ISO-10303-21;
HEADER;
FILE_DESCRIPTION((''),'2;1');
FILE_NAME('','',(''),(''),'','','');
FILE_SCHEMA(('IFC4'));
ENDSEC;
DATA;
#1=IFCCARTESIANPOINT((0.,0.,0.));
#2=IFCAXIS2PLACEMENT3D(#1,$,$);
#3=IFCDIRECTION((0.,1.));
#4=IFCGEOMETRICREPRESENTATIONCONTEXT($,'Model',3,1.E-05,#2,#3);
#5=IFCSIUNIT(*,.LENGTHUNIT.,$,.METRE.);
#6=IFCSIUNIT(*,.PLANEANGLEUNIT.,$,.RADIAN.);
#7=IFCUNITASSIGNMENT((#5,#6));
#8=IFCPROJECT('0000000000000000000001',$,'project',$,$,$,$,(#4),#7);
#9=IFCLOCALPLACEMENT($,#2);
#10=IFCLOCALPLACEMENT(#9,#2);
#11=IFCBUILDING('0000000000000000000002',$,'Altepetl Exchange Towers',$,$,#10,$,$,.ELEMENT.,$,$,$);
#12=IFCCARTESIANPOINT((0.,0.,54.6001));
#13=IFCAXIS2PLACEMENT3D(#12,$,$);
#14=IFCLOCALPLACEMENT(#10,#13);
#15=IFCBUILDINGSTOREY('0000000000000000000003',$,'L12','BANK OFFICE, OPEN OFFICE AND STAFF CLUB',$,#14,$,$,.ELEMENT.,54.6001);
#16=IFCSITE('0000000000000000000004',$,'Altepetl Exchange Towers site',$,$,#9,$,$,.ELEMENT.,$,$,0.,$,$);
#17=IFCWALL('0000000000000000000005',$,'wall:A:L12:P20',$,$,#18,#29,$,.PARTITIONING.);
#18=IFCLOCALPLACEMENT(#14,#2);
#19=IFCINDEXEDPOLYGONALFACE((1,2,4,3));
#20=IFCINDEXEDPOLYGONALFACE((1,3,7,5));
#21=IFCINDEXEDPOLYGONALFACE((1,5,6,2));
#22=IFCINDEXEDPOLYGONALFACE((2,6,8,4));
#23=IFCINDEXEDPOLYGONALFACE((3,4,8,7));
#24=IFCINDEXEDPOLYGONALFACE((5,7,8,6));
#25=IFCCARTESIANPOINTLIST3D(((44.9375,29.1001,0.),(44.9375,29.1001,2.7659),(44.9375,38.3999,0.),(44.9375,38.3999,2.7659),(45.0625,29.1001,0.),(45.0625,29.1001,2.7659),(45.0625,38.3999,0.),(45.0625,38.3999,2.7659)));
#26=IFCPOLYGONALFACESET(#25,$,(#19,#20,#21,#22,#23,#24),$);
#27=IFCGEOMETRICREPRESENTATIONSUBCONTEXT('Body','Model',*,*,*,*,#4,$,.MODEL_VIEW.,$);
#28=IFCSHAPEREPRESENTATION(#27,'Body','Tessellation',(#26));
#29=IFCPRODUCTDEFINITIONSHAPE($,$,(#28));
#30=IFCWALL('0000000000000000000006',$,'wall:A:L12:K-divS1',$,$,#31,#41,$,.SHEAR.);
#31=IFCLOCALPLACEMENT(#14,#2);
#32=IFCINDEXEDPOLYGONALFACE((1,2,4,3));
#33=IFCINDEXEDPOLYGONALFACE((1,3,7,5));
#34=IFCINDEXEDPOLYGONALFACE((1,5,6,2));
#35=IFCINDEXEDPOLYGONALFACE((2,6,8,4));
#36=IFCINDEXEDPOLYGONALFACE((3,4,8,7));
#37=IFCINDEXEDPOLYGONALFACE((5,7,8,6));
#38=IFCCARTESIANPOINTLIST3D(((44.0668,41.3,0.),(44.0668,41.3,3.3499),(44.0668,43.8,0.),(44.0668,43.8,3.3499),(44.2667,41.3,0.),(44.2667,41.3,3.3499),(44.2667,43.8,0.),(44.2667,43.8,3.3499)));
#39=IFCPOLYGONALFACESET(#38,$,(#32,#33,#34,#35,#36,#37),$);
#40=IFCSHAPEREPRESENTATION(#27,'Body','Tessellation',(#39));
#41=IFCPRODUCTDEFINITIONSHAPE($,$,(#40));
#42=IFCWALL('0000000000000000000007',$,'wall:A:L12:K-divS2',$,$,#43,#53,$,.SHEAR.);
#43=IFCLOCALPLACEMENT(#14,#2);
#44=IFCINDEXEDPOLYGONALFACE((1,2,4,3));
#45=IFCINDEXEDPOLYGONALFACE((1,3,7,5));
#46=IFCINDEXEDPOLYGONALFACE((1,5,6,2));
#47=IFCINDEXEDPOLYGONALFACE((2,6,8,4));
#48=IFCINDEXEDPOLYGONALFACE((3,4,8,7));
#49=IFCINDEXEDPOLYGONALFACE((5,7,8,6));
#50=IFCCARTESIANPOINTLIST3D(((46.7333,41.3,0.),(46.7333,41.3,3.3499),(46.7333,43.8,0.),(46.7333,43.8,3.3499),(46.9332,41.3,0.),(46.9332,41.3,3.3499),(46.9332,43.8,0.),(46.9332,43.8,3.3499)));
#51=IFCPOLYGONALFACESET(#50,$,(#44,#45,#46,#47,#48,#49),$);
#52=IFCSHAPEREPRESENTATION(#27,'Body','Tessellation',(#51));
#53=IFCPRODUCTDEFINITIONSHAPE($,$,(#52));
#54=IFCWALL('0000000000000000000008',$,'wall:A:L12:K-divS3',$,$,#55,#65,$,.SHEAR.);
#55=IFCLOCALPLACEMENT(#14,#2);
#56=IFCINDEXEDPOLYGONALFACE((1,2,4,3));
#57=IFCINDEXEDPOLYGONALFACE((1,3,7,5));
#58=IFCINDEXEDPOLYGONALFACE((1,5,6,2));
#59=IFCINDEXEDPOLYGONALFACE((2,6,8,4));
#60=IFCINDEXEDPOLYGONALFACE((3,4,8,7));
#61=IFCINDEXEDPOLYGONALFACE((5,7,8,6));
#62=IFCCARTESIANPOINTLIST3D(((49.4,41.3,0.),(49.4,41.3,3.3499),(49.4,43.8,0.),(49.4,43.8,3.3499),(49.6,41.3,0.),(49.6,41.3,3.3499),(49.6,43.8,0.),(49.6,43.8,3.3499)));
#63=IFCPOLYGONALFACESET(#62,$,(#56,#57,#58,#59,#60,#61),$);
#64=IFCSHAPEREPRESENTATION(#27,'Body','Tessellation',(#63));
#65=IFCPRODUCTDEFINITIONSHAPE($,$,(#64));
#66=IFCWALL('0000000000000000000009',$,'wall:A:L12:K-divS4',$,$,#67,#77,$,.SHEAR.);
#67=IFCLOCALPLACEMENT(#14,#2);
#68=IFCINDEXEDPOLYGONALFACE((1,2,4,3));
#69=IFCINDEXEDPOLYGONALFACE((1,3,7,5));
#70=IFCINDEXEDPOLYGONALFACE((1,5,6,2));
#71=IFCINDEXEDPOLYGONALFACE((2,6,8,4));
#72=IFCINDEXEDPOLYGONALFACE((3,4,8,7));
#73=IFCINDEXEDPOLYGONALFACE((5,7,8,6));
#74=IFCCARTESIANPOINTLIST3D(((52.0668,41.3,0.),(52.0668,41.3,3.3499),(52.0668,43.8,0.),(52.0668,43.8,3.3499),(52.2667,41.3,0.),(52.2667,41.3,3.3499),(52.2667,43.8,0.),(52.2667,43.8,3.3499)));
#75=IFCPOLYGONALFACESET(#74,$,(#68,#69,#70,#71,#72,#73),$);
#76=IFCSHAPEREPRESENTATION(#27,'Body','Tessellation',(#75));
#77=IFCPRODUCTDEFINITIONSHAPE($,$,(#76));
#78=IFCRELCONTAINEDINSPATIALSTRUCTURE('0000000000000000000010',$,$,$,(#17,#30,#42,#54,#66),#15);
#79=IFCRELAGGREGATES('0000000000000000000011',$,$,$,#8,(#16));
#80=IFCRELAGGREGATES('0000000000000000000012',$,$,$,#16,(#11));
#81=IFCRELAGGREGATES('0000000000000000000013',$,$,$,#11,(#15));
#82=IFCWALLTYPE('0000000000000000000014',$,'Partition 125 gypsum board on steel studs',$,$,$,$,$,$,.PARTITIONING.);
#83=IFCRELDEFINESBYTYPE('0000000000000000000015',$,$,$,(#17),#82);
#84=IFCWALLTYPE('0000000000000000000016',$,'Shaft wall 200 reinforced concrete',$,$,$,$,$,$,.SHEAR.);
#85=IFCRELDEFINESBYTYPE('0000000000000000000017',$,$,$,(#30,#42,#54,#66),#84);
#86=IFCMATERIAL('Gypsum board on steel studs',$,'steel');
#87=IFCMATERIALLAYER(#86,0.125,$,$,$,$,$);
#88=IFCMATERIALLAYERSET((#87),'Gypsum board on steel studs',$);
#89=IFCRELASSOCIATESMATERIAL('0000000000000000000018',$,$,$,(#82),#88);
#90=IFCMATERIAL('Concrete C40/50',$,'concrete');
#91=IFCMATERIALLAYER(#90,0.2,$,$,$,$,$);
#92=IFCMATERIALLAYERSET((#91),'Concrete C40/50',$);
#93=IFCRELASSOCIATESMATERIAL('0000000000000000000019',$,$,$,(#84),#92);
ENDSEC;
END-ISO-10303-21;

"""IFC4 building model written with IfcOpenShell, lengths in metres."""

from ifc_helpers import new_model, si_unit, direction, frame, frame_2d, origin, place, context, subcontext, project, spatial, rectangle, extrude, material, layer, layer_set, type_object, element, save


model = new_model("IFC4")

# Units and contexts
model_context = context("Model", 3, precision=1e-05, world=origin(), true_north=direction((0.0, 1.0)))
body_context = subcontext(model_context, "Body", "Model", "MODEL_VIEW")
ifc_project = project(units=[si_unit("LENGTHUNIT", "METRE"), si_unit("PLANEANGLEUNIT", "RADIAN")], contexts=[model_context])

# Site, building, storey
site_placement = place(None, origin())
site = spatial("IfcSite", under=ifc_project, at=site_placement, Name="Altepetl Exchange Towers site", CompositionType="ELEMENT", RefElevation=0.0)
building_placement = place(site_placement, origin())
building = spatial("IfcBuilding", under=site, at=building_placement, Name="Altepetl Exchange Towers", CompositionType="ELEMENT")
storey_placement = place(building_placement, frame((0.0, 0.0, 54.6001)))
storey = spatial("IfcBuildingStorey", under=building, at=storey_placement, Name="L12", Description="BANK OFFICE, OPEN OFFICE AND STAFF CLUB", CompositionType="ELEMENT", Elevation=54.6001)

# Walls
ifc_material_1 = material(Name="Gypsum board on steel studs", Category="steel")
ifc_layer_1 = layer(ifc_material_1, 0.125)
ifc_layer_set_1 = layer_set([ifc_layer_1], Name="Gypsum board on steel studs")
wall_type_1 = type_object("IfcWallType", Name="Partition 125 gypsum board on steel studs", PredefinedType="PARTITIONING", material=ifc_layer_set_1)
wall_1_placement = place(storey_placement, frame((45.0, 29.1001, 0.0), z_axis=(0.0, 0.0, 1.0), x_axis=(0.0, 1.0, 0.0)))
element("IfcWall", 1, at=wall_1_placement, inside=storey, type_object=wall_type_1, Name="wall:A:L12:P20", PredefinedType="PARTITIONING", context=body_context, shape_type="SweptSolid", body=[
    extrude(rectangle(XDim=9.2998, YDim=0.125, at=frame_2d((4.6499, 0.0))), origin(), (0.0, 0.0, 1.0), 2.7659),
])
ifc_material_2 = material(Name="Concrete C40/50", Category="concrete")
ifc_layer_2 = layer(ifc_material_2, 0.2)
ifc_layer_set_2 = layer_set([ifc_layer_2], Name="Concrete C40/50")
wall_type_2 = type_object("IfcWallType", Name="Shaft wall 200 reinforced concrete", PredefinedType="SHEAR", material=ifc_layer_set_2)
for number, where, z_axis, x_axis, name in (
    (2, (44.1667, 41.3, 0.0), (0.0, 0.0, 1.0), (0.0, 1.0, 0.0), "wall:A:L12:K-divS1"),
    (3, (46.8333, 41.3, 0.0), (0.0, 0.0, 1.0), (0.0, 1.0, 0.0), "wall:A:L12:K-divS2"),
    (4, (49.5, 41.3, 0.0), (0.0, 0.0, 1.0), (0.0, 1.0, 0.0), "wall:A:L12:K-divS3"),
    (5, (52.1667, 41.3, 0.0), (0.0, 0.0, 1.0), (0.0, 1.0, 0.0), "wall:A:L12:K-divS4"),
):
    element("IfcWall", number, at=place(storey_placement, frame(where, z_axis=z_axis, x_axis=x_axis)), inside=storey, type_object=wall_type_2, Name=name, PredefinedType="SHEAR", context=body_context, shape_type="SweptSolid", body=[
        extrude(rectangle(XDim=2.5, YDim=0.2, at=frame_2d((1.25, 0.0))), origin(), (0.0, 0.0, 1.0), 3.3499),
    ])

save(model, "model.ifc")
